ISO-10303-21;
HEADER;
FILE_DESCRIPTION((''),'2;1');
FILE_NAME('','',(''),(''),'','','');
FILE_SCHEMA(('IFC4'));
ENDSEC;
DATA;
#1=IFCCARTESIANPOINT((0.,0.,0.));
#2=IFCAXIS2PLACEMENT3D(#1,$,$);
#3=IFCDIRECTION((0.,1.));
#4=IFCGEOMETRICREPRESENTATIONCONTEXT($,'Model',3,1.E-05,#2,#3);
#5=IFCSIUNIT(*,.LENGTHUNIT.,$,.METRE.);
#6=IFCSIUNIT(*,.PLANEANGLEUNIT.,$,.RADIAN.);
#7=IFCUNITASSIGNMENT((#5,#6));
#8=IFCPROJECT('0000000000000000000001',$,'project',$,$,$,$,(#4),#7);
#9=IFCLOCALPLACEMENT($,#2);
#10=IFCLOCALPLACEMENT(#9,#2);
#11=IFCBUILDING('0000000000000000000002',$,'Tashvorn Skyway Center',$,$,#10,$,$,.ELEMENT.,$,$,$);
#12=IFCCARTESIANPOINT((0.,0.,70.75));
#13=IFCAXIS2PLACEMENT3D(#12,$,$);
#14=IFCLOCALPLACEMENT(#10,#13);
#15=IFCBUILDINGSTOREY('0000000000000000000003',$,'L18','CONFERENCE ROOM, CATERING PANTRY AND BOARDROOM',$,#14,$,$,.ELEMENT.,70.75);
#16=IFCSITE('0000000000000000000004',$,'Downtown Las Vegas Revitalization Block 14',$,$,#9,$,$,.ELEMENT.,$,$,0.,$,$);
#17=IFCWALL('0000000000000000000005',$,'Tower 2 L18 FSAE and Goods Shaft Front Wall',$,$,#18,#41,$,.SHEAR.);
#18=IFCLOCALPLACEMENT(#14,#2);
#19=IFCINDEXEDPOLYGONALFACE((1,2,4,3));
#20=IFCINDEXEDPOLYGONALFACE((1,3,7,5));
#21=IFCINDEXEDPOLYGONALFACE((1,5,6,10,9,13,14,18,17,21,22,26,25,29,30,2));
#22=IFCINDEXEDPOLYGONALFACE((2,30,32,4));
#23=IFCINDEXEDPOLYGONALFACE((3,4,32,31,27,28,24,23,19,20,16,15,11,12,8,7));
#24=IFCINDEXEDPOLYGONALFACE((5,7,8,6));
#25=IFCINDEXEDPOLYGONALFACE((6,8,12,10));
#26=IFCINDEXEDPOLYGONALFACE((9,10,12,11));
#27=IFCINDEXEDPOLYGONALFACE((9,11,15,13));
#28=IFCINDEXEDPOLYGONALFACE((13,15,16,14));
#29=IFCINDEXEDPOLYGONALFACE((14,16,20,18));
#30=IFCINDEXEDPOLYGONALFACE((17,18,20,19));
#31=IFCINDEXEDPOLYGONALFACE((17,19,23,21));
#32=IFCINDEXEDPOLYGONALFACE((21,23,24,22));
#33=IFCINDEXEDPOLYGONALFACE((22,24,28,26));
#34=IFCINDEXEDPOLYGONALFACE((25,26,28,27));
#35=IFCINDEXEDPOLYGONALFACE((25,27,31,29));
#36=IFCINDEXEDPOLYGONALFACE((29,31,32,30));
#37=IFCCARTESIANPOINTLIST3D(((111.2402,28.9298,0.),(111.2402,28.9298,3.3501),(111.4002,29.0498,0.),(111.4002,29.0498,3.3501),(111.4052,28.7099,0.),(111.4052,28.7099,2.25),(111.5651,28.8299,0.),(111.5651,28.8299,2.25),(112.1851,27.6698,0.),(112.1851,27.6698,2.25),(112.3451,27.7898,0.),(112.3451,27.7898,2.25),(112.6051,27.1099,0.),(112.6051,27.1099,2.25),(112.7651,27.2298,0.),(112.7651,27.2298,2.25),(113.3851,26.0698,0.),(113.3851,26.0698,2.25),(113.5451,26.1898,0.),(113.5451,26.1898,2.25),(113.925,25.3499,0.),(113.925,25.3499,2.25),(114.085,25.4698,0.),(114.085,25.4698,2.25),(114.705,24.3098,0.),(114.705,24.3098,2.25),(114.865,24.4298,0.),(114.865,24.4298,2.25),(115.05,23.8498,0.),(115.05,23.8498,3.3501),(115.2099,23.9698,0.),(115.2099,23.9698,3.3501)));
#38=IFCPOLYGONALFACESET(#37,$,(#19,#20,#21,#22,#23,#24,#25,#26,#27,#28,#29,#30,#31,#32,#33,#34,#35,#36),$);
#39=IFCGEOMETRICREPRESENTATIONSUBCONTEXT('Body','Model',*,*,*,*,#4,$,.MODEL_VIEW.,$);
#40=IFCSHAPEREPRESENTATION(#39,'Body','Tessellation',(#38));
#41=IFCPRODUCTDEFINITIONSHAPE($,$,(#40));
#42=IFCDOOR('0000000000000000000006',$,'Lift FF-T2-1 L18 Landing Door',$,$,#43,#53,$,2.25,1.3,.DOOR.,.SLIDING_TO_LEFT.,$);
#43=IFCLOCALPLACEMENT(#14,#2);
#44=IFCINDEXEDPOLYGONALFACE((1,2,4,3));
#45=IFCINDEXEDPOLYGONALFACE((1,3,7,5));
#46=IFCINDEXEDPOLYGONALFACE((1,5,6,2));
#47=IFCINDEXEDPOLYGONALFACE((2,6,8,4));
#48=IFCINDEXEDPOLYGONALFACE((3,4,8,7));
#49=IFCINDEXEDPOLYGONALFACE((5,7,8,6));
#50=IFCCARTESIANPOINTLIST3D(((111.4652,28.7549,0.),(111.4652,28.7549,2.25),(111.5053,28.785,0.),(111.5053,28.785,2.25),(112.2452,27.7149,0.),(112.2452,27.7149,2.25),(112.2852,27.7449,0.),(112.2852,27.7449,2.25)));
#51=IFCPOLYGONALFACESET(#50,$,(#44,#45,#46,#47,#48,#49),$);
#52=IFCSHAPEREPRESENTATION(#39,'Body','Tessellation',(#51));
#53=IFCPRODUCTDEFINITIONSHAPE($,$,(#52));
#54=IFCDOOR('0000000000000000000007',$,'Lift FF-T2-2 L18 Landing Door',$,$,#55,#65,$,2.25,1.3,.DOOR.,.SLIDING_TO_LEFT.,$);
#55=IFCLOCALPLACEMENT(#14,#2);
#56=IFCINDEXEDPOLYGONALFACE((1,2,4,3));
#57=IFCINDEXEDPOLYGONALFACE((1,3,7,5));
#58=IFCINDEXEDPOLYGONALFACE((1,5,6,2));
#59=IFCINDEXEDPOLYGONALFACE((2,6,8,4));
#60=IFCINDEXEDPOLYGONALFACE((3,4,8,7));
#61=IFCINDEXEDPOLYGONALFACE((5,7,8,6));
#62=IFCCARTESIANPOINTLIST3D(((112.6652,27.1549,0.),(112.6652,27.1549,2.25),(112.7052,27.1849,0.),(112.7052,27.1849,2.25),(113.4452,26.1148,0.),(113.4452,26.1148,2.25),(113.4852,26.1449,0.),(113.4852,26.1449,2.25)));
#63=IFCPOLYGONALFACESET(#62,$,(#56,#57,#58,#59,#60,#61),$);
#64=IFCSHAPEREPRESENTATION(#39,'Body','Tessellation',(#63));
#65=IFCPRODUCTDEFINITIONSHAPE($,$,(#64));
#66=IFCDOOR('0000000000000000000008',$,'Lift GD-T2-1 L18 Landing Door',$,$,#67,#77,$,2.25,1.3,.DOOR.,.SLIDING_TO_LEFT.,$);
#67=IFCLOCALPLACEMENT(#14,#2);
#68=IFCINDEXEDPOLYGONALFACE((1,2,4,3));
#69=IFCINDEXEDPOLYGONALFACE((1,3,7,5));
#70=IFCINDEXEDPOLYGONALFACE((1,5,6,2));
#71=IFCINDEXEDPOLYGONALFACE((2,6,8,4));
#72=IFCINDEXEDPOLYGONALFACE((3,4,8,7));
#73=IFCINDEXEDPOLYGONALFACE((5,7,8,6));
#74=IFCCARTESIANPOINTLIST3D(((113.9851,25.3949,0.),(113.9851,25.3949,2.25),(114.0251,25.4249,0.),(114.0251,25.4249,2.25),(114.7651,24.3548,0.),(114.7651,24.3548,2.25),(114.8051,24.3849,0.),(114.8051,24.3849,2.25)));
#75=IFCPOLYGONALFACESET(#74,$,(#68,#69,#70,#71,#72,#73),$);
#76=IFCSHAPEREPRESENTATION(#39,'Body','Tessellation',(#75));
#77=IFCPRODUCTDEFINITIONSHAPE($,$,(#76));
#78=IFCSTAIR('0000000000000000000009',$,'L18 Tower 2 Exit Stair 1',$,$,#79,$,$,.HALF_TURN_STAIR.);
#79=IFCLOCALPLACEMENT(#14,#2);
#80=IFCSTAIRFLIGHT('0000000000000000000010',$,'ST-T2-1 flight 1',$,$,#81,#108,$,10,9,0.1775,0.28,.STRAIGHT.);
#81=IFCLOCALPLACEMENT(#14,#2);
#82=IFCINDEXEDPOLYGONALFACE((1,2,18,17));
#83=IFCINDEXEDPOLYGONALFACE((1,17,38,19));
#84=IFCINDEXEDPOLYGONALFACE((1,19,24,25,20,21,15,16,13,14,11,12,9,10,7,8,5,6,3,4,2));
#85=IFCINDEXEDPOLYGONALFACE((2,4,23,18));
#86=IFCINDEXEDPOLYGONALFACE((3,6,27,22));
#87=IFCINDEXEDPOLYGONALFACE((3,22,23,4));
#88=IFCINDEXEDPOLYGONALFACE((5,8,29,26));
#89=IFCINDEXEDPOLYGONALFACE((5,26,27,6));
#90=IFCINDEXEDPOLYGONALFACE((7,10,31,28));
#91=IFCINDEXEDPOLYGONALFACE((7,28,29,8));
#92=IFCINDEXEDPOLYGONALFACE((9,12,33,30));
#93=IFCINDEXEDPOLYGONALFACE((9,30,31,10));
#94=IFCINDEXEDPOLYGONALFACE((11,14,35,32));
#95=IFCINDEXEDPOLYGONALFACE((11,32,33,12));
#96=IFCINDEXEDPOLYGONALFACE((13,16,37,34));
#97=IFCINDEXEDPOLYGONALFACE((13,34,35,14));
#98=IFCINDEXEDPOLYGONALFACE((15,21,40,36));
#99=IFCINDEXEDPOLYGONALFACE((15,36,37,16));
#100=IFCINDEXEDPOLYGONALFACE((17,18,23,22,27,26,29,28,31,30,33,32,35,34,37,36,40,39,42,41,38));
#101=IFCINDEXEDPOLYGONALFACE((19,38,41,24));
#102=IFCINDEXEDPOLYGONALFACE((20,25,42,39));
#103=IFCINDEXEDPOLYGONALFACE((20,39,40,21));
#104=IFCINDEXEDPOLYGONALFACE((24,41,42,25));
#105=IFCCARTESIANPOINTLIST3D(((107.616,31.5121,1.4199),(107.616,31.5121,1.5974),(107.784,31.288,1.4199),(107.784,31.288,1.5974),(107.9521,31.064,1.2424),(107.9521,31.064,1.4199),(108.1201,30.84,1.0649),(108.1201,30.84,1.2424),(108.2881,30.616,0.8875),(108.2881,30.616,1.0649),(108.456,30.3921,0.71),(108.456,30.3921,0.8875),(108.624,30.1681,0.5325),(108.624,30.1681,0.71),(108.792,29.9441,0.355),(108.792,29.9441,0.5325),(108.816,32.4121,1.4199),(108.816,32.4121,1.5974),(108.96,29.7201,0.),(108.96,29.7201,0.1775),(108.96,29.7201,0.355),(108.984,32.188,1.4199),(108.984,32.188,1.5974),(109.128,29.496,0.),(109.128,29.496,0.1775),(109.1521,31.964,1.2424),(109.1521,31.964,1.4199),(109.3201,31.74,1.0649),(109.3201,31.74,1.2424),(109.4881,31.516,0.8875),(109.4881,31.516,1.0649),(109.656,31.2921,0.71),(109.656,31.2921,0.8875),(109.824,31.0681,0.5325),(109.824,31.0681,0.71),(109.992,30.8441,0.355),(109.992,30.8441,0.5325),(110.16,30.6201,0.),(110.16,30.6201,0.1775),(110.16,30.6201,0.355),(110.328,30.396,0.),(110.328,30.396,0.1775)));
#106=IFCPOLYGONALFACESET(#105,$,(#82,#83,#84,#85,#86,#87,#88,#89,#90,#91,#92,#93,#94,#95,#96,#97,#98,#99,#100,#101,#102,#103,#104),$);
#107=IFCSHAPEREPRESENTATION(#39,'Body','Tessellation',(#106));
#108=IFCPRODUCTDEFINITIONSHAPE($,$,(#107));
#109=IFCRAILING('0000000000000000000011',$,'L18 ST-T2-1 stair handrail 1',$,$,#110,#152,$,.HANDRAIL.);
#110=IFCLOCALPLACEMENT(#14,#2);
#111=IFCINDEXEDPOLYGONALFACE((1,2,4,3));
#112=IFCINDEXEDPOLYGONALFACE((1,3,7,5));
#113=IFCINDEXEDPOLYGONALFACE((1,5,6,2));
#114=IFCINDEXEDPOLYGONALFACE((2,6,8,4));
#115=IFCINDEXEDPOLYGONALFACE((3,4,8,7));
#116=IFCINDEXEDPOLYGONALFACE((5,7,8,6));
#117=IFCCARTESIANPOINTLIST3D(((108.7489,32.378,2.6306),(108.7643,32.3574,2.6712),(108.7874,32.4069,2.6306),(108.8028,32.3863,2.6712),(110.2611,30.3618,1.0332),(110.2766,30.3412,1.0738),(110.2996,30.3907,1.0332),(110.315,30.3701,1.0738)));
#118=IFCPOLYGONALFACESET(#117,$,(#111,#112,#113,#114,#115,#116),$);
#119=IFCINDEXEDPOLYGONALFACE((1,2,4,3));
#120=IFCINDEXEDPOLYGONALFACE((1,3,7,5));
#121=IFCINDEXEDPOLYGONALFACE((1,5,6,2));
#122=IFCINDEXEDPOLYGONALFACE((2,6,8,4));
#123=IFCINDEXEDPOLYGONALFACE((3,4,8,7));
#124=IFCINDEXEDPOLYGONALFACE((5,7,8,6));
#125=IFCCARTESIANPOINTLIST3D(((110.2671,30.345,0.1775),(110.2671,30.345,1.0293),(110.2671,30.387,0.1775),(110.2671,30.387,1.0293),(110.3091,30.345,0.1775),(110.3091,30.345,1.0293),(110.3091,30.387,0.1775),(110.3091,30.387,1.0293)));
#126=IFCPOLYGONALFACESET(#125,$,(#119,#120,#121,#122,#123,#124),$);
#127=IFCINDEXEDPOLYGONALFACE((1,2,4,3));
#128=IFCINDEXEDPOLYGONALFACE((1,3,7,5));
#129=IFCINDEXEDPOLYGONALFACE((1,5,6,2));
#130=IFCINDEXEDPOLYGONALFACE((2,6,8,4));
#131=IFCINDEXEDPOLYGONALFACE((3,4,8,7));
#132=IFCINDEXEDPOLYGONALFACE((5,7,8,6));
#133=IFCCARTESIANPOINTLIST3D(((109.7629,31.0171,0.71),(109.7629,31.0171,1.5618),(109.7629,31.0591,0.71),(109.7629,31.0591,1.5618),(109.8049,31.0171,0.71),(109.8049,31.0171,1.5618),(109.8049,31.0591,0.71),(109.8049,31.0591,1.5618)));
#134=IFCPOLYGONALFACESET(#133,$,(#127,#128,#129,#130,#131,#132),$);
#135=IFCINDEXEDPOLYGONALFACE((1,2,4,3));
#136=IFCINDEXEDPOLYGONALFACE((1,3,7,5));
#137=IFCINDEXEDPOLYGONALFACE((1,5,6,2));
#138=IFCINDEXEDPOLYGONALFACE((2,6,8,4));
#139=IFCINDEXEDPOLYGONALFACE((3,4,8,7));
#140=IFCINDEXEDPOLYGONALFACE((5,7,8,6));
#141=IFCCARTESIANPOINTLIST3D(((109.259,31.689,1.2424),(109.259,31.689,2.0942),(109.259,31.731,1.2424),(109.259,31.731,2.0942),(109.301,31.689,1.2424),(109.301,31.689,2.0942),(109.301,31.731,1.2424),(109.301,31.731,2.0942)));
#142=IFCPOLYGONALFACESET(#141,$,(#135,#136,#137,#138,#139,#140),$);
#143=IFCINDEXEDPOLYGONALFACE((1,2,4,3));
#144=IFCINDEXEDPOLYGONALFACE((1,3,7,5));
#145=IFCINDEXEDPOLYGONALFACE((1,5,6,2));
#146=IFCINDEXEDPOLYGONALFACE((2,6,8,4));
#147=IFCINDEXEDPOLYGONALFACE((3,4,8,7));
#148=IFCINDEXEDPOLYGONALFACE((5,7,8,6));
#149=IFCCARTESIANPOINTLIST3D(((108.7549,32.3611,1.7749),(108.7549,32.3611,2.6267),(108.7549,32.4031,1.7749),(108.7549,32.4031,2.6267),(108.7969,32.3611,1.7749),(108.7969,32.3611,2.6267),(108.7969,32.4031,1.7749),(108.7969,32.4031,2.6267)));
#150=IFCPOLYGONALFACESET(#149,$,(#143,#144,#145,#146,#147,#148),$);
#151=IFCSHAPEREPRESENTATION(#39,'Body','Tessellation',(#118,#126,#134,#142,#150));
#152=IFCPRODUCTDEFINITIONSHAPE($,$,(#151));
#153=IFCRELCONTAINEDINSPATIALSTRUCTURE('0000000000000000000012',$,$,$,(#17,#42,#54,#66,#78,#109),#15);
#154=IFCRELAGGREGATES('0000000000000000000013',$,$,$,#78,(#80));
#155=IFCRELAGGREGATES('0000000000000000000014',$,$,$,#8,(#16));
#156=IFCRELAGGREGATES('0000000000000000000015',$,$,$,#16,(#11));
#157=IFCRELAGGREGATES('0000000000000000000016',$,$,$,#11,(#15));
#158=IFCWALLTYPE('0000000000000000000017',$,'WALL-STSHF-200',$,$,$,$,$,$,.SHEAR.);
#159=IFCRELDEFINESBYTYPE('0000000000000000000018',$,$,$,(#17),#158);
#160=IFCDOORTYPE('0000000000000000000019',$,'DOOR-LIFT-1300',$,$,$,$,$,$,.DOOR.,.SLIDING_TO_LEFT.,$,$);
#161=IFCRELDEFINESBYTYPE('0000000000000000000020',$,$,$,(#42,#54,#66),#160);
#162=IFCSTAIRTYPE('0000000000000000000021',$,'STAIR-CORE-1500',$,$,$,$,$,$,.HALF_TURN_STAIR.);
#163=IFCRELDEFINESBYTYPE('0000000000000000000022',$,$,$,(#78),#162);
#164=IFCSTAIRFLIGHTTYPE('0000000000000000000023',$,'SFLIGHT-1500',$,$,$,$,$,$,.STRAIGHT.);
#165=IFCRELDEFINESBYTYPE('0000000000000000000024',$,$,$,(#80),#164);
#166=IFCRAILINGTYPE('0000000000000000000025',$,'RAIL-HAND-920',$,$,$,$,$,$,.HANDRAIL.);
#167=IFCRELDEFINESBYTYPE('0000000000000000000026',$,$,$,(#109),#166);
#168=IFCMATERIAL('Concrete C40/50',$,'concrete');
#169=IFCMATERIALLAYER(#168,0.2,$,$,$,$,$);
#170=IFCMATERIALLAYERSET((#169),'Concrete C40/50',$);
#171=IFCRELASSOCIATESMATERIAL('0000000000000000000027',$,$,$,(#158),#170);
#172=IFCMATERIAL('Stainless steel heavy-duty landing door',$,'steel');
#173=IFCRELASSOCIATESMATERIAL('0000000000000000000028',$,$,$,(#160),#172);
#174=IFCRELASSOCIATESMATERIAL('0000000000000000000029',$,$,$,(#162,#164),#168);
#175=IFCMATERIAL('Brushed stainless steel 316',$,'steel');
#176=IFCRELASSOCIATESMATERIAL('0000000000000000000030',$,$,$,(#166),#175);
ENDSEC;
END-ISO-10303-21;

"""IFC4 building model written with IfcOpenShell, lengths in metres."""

from ifc_helpers import new_model, si_unit, direction, frame, frame_2d, origin, origin_2d, place, context, subcontext, project, spatial, polyline, rectangle, outline, extrude, material, layer, layer_set, type_object, element, fill, aggregate, save


model = new_model("IFC4")

# Units and contexts
model_context = context("Model", 3, precision=1e-05, world=origin(), true_north=direction((0.0, 1.0)))
body_context = subcontext(model_context, "Body", "Model", "MODEL_VIEW")
ifc_project = project(units=[si_unit("LENGTHUNIT", "METRE"), si_unit("PLANEANGLEUNIT", "RADIAN")], contexts=[model_context])

# Site, building, storey
site_placement = place(None, origin())
site = spatial("IfcSite", under=ifc_project, at=site_placement, Name="Downtown Las Vegas Revitalization Block 14", CompositionType="ELEMENT", RefElevation=0.0)
building_placement = place(site_placement, origin())
building = spatial("IfcBuilding", under=site, at=building_placement, Name="Tashvorn Skyway Center", CompositionType="ELEMENT")
storey_placement = place(building_placement, frame((0.0, 0.0, 70.75)))
storey = spatial("IfcBuildingStorey", under=building, at=storey_placement, Name="L18", Description="CONFERENCE ROOM, CATERING PANTRY AND BOARDROOM", CompositionType="ELEMENT", Elevation=70.75)

# Shared definitions
ifc_material_1 = material(Name="Concrete C40/50", Category="concrete")

# Shared definitions
ifc_layer_1 = layer(ifc_material_1, 0.2)
ifc_layer_set_1 = layer_set([ifc_layer_1], Name="Concrete C40/50")
wall_type_1 = type_object("IfcWallType", Name="WALL-STSHF-200", PredefinedType="SHEAR", material=ifc_layer_set_1)

# Wall, openings, doors
wall_1_placement = place(storey_placement, frame((115.1299, 23.9099, 0.0), z_axis=(0.0, 0.0, 1.0), x_axis=(-0.599975, 0.800018, 0.0)))
wall_1 = element("IfcWall", 1, at=wall_1_placement, inside=storey, type_object=wall_type_1, Name="Tower 2 L18 FSAE and Goods Shaft Front Wall", PredefinedType="SHEAR", context=body_context, shape_type="SweptSolid", body=[
    extrude(rectangle(XDim=6.3499, YDim=0.2, at=frame_2d((3.1748, 0.0))), origin(), (0.0, 0.0, 1.0), 3.3501),
])
opening_1_placement = place(wall_1_placement, frame((4.7749, 0.0, 0.0)))
opening_1 = element("IfcOpeningElement", 2, at=opening_1_placement, cuts=wall_1, PredefinedType="OPENING", context=body_context, shape_type="SweptSolid", body=[
    extrude(rectangle(XDim=1.3, YDim=2.25, at=frame_2d((0.6499, 1.125))), frame((0.0, 0.1099, 0.0), z_axis=(0.0, -1.0, 0.0), x_axis=(1.0, 0.0, 0.0)), (0.0, 0.0, 1.0), 0.22),
])
opening_2_placement = place(wall_1_placement, frame((2.7749, 0.0, 0.0)))
opening_2 = element("IfcOpeningElement", 3, at=opening_2_placement, cuts=wall_1, PredefinedType="OPENING", context=body_context, shape_type="SweptSolid", body=[
    extrude(rectangle(XDim=1.3, YDim=2.25, at=frame_2d((0.6499, 1.125))), frame((0.0, 0.1099, 0.0), z_axis=(0.0, -1.0, 0.0), x_axis=(1.0, 0.0, 0.0)), (0.0, 0.0, 1.0), 0.22),
])
opening_3_placement = place(wall_1_placement, frame((0.575, 0.0, 0.0)))
opening_3 = element("IfcOpeningElement", 4, at=opening_3_placement, cuts=wall_1, PredefinedType="OPENING", context=body_context, shape_type="SweptSolid", body=[
    extrude(rectangle(XDim=1.3, YDim=2.25, at=frame_2d((0.6499, 1.125))), frame((0.0, 0.1099, 0.0), z_axis=(0.0, -1.0, 0.0), x_axis=(1.0, 0.0, 0.0)), (0.0, 0.0, 1.0), 0.22),
])
ifc_material_2 = material(Name="Stainless steel heavy-duty landing door", Category="steel")
door_type_1 = type_object("IfcDoorType", Name="DOOR-LIFT-1300", OperationType="SLIDING_TO_LEFT", PredefinedType="DOOR", material=ifc_material_2)
door_1_placement = place(opening_1_placement, origin())
door_1 = element("IfcDoor", 5, at=door_1_placement, inside=storey, type_object=door_type_1, Name="Lift FF-T2-1 L18 Landing Door", OperationType="SLIDING_TO_LEFT", OverallHeight=2.25, OverallWidth=1.3, PredefinedType="DOOR", context=body_context, shape_type="SweptSolid", body=[
    extrude(rectangle(XDim=1.3, YDim=2.25, at=frame_2d((0.6499, 1.125))), frame((0.0, 0.0249, 0.0), z_axis=(0.0, -1.0, 0.0), x_axis=(1.0, 0.0, 0.0)), (0.0, 0.0, 1.0), 0.05),
])
fill(opening_1, door_1)
door_2_placement = place(opening_2_placement, origin())
door_2 = element("IfcDoor", 6, at=door_2_placement, inside=storey, type_object=door_type_1, Name="Lift FF-T2-2 L18 Landing Door", OperationType="SLIDING_TO_LEFT", OverallHeight=2.25, OverallWidth=1.3, PredefinedType="DOOR", context=body_context, shape_type="SweptSolid", body=[
    extrude(rectangle(XDim=1.3, YDim=2.25, at=frame_2d((0.6499, 1.125))), frame((0.0, 0.0249, 0.0), z_axis=(0.0, -1.0, 0.0), x_axis=(1.0, 0.0, 0.0)), (0.0, 0.0, 1.0), 0.05),
])
fill(opening_2, door_2)
door_3_placement = place(opening_3_placement, origin())
door_3 = element("IfcDoor", 7, at=door_3_placement, inside=storey, type_object=door_type_1, Name="Lift GD-T2-1 L18 Landing Door", OperationType="SLIDING_TO_LEFT", OverallHeight=2.25, OverallWidth=1.3, PredefinedType="DOOR", context=body_context, shape_type="SweptSolid", body=[
    extrude(rectangle(XDim=1.3, YDim=2.25, at=frame_2d((0.6499, 1.125))), frame((0.0, 0.0249, 0.0), z_axis=(0.0, -1.0, 0.0), x_axis=(1.0, 0.0, 0.0)), (0.0, 0.0, 1.0), 0.05),
])
fill(opening_3, door_3)

# Stair, stair flight
stair_type = type_object("IfcStairType", Name="STAIR-CORE-1500", PredefinedType="HALF_TURN_STAIR", material=ifc_material_1)
stair_placement = place(storey_placement, origin())
stair = element("IfcStair", 8, at=stair_placement, inside=storey, type_object=stair_type, Name="L18 Tower 2 Exit Stair 1", PredefinedType="HALF_TURN_STAIR")
stair_flight_type = type_object("IfcStairFlightType", Name="SFLIGHT-1500", PredefinedType="STRAIGHT", material=ifc_material_1)
stair_flight_placement = place(storey_placement, frame((109.728, 29.946, 0.0), z_axis=(0.0, 0.0, 1.0), x_axis=(-0.6, 0.8, 0.0)))
stair_flight = element("IfcStairFlight", 9, at=stair_flight_placement, type_object=stair_flight_type, Name="ST-T2-1 flight 1", NumberOfRisers=10, NumberOfTreads=9, PredefinedType="STRAIGHT", RiserHeight=0.1775, TreadLength=0.28, context=body_context, shape_type="SweptSolid", body=[
    extrude(outline(polyline([(0.0, 0.0), (0.0, 0.1775), (0.28, 0.1775), (0.28, 0.355), (0.5601, 0.355), (0.5601, 0.5325), (0.8401, 0.5325), (0.8401, 0.71), (1.1201, 0.71), (1.1201, 0.8875), (1.3999, 0.8875), (1.3999, 1.0649), (1.6799, 1.0649), (1.6799, 1.2424), (1.96, 1.2424), (1.96, 1.4199), (2.24, 1.4199), (2.24, 1.5974), (2.52, 1.5974), (2.52, 1.7749), (2.52, 1.4199), (0.28, 0.0), (0.0, 0.0)])), frame((0.0, 0.75, 0.0), z_axis=(0.0, -1.0, 0.0), x_axis=(1.0, 0.0, 0.0)), (0.0, 0.0, 1.0), 1.5),
])
aggregate(stair, [stair_flight])

# Railing
ifc_material_3 = material(Name="Brushed stainless steel 316", Category="steel")
railing_type_1 = type_object("IfcRailingType", Name="RAIL-HAND-920", PredefinedType="HANDRAIL", material=ifc_material_3)
railing_1_placement = place(storey_placement, frame((110.2881, 30.366, 0.1775)))
element("IfcRailing", 10, at=railing_1_placement, inside=storey, type_object=railing_type_1, Name="L18 ST-T2-1 stair handrail 1", PredefinedType="HANDRAIL", context=body_context, shape_type="SweptSolid", body=[
    extrude(rectangle(XDim=0.0481, YDim=0.0481, at=origin_2d()), frame((0.0, 0.0, 0.876), z_axis=(-0.506802, 0.675681, 0.535357), x_axis=(-0.799977, -0.600031, 0.0)), (0.0, 0.0, 1.0), 2.9839),
    extrude(rectangle(XDim=0.042, YDim=0.042, at=origin_2d()), origin(), (0.0, 0.0, 1.0), 0.8518),
    extrude(rectangle(XDim=0.042, YDim=0.042, at=origin_2d()), frame((-0.5042, 0.6721, 0.5325)), (0.0, 0.0, 1.0), 0.8518),
    extrude(rectangle(XDim=0.042, YDim=0.042, at=origin_2d()), frame((-1.0081, 1.344, 1.0649)), (0.0, 0.0, 1.0), 0.8518),
    extrude(rectangle(XDim=0.042, YDim=0.042, at=origin_2d()), frame((-1.5122, 2.0161, 1.5974)), (0.0, 0.0, 1.0), 0.8518),
])

save(model, "model.ifc")
